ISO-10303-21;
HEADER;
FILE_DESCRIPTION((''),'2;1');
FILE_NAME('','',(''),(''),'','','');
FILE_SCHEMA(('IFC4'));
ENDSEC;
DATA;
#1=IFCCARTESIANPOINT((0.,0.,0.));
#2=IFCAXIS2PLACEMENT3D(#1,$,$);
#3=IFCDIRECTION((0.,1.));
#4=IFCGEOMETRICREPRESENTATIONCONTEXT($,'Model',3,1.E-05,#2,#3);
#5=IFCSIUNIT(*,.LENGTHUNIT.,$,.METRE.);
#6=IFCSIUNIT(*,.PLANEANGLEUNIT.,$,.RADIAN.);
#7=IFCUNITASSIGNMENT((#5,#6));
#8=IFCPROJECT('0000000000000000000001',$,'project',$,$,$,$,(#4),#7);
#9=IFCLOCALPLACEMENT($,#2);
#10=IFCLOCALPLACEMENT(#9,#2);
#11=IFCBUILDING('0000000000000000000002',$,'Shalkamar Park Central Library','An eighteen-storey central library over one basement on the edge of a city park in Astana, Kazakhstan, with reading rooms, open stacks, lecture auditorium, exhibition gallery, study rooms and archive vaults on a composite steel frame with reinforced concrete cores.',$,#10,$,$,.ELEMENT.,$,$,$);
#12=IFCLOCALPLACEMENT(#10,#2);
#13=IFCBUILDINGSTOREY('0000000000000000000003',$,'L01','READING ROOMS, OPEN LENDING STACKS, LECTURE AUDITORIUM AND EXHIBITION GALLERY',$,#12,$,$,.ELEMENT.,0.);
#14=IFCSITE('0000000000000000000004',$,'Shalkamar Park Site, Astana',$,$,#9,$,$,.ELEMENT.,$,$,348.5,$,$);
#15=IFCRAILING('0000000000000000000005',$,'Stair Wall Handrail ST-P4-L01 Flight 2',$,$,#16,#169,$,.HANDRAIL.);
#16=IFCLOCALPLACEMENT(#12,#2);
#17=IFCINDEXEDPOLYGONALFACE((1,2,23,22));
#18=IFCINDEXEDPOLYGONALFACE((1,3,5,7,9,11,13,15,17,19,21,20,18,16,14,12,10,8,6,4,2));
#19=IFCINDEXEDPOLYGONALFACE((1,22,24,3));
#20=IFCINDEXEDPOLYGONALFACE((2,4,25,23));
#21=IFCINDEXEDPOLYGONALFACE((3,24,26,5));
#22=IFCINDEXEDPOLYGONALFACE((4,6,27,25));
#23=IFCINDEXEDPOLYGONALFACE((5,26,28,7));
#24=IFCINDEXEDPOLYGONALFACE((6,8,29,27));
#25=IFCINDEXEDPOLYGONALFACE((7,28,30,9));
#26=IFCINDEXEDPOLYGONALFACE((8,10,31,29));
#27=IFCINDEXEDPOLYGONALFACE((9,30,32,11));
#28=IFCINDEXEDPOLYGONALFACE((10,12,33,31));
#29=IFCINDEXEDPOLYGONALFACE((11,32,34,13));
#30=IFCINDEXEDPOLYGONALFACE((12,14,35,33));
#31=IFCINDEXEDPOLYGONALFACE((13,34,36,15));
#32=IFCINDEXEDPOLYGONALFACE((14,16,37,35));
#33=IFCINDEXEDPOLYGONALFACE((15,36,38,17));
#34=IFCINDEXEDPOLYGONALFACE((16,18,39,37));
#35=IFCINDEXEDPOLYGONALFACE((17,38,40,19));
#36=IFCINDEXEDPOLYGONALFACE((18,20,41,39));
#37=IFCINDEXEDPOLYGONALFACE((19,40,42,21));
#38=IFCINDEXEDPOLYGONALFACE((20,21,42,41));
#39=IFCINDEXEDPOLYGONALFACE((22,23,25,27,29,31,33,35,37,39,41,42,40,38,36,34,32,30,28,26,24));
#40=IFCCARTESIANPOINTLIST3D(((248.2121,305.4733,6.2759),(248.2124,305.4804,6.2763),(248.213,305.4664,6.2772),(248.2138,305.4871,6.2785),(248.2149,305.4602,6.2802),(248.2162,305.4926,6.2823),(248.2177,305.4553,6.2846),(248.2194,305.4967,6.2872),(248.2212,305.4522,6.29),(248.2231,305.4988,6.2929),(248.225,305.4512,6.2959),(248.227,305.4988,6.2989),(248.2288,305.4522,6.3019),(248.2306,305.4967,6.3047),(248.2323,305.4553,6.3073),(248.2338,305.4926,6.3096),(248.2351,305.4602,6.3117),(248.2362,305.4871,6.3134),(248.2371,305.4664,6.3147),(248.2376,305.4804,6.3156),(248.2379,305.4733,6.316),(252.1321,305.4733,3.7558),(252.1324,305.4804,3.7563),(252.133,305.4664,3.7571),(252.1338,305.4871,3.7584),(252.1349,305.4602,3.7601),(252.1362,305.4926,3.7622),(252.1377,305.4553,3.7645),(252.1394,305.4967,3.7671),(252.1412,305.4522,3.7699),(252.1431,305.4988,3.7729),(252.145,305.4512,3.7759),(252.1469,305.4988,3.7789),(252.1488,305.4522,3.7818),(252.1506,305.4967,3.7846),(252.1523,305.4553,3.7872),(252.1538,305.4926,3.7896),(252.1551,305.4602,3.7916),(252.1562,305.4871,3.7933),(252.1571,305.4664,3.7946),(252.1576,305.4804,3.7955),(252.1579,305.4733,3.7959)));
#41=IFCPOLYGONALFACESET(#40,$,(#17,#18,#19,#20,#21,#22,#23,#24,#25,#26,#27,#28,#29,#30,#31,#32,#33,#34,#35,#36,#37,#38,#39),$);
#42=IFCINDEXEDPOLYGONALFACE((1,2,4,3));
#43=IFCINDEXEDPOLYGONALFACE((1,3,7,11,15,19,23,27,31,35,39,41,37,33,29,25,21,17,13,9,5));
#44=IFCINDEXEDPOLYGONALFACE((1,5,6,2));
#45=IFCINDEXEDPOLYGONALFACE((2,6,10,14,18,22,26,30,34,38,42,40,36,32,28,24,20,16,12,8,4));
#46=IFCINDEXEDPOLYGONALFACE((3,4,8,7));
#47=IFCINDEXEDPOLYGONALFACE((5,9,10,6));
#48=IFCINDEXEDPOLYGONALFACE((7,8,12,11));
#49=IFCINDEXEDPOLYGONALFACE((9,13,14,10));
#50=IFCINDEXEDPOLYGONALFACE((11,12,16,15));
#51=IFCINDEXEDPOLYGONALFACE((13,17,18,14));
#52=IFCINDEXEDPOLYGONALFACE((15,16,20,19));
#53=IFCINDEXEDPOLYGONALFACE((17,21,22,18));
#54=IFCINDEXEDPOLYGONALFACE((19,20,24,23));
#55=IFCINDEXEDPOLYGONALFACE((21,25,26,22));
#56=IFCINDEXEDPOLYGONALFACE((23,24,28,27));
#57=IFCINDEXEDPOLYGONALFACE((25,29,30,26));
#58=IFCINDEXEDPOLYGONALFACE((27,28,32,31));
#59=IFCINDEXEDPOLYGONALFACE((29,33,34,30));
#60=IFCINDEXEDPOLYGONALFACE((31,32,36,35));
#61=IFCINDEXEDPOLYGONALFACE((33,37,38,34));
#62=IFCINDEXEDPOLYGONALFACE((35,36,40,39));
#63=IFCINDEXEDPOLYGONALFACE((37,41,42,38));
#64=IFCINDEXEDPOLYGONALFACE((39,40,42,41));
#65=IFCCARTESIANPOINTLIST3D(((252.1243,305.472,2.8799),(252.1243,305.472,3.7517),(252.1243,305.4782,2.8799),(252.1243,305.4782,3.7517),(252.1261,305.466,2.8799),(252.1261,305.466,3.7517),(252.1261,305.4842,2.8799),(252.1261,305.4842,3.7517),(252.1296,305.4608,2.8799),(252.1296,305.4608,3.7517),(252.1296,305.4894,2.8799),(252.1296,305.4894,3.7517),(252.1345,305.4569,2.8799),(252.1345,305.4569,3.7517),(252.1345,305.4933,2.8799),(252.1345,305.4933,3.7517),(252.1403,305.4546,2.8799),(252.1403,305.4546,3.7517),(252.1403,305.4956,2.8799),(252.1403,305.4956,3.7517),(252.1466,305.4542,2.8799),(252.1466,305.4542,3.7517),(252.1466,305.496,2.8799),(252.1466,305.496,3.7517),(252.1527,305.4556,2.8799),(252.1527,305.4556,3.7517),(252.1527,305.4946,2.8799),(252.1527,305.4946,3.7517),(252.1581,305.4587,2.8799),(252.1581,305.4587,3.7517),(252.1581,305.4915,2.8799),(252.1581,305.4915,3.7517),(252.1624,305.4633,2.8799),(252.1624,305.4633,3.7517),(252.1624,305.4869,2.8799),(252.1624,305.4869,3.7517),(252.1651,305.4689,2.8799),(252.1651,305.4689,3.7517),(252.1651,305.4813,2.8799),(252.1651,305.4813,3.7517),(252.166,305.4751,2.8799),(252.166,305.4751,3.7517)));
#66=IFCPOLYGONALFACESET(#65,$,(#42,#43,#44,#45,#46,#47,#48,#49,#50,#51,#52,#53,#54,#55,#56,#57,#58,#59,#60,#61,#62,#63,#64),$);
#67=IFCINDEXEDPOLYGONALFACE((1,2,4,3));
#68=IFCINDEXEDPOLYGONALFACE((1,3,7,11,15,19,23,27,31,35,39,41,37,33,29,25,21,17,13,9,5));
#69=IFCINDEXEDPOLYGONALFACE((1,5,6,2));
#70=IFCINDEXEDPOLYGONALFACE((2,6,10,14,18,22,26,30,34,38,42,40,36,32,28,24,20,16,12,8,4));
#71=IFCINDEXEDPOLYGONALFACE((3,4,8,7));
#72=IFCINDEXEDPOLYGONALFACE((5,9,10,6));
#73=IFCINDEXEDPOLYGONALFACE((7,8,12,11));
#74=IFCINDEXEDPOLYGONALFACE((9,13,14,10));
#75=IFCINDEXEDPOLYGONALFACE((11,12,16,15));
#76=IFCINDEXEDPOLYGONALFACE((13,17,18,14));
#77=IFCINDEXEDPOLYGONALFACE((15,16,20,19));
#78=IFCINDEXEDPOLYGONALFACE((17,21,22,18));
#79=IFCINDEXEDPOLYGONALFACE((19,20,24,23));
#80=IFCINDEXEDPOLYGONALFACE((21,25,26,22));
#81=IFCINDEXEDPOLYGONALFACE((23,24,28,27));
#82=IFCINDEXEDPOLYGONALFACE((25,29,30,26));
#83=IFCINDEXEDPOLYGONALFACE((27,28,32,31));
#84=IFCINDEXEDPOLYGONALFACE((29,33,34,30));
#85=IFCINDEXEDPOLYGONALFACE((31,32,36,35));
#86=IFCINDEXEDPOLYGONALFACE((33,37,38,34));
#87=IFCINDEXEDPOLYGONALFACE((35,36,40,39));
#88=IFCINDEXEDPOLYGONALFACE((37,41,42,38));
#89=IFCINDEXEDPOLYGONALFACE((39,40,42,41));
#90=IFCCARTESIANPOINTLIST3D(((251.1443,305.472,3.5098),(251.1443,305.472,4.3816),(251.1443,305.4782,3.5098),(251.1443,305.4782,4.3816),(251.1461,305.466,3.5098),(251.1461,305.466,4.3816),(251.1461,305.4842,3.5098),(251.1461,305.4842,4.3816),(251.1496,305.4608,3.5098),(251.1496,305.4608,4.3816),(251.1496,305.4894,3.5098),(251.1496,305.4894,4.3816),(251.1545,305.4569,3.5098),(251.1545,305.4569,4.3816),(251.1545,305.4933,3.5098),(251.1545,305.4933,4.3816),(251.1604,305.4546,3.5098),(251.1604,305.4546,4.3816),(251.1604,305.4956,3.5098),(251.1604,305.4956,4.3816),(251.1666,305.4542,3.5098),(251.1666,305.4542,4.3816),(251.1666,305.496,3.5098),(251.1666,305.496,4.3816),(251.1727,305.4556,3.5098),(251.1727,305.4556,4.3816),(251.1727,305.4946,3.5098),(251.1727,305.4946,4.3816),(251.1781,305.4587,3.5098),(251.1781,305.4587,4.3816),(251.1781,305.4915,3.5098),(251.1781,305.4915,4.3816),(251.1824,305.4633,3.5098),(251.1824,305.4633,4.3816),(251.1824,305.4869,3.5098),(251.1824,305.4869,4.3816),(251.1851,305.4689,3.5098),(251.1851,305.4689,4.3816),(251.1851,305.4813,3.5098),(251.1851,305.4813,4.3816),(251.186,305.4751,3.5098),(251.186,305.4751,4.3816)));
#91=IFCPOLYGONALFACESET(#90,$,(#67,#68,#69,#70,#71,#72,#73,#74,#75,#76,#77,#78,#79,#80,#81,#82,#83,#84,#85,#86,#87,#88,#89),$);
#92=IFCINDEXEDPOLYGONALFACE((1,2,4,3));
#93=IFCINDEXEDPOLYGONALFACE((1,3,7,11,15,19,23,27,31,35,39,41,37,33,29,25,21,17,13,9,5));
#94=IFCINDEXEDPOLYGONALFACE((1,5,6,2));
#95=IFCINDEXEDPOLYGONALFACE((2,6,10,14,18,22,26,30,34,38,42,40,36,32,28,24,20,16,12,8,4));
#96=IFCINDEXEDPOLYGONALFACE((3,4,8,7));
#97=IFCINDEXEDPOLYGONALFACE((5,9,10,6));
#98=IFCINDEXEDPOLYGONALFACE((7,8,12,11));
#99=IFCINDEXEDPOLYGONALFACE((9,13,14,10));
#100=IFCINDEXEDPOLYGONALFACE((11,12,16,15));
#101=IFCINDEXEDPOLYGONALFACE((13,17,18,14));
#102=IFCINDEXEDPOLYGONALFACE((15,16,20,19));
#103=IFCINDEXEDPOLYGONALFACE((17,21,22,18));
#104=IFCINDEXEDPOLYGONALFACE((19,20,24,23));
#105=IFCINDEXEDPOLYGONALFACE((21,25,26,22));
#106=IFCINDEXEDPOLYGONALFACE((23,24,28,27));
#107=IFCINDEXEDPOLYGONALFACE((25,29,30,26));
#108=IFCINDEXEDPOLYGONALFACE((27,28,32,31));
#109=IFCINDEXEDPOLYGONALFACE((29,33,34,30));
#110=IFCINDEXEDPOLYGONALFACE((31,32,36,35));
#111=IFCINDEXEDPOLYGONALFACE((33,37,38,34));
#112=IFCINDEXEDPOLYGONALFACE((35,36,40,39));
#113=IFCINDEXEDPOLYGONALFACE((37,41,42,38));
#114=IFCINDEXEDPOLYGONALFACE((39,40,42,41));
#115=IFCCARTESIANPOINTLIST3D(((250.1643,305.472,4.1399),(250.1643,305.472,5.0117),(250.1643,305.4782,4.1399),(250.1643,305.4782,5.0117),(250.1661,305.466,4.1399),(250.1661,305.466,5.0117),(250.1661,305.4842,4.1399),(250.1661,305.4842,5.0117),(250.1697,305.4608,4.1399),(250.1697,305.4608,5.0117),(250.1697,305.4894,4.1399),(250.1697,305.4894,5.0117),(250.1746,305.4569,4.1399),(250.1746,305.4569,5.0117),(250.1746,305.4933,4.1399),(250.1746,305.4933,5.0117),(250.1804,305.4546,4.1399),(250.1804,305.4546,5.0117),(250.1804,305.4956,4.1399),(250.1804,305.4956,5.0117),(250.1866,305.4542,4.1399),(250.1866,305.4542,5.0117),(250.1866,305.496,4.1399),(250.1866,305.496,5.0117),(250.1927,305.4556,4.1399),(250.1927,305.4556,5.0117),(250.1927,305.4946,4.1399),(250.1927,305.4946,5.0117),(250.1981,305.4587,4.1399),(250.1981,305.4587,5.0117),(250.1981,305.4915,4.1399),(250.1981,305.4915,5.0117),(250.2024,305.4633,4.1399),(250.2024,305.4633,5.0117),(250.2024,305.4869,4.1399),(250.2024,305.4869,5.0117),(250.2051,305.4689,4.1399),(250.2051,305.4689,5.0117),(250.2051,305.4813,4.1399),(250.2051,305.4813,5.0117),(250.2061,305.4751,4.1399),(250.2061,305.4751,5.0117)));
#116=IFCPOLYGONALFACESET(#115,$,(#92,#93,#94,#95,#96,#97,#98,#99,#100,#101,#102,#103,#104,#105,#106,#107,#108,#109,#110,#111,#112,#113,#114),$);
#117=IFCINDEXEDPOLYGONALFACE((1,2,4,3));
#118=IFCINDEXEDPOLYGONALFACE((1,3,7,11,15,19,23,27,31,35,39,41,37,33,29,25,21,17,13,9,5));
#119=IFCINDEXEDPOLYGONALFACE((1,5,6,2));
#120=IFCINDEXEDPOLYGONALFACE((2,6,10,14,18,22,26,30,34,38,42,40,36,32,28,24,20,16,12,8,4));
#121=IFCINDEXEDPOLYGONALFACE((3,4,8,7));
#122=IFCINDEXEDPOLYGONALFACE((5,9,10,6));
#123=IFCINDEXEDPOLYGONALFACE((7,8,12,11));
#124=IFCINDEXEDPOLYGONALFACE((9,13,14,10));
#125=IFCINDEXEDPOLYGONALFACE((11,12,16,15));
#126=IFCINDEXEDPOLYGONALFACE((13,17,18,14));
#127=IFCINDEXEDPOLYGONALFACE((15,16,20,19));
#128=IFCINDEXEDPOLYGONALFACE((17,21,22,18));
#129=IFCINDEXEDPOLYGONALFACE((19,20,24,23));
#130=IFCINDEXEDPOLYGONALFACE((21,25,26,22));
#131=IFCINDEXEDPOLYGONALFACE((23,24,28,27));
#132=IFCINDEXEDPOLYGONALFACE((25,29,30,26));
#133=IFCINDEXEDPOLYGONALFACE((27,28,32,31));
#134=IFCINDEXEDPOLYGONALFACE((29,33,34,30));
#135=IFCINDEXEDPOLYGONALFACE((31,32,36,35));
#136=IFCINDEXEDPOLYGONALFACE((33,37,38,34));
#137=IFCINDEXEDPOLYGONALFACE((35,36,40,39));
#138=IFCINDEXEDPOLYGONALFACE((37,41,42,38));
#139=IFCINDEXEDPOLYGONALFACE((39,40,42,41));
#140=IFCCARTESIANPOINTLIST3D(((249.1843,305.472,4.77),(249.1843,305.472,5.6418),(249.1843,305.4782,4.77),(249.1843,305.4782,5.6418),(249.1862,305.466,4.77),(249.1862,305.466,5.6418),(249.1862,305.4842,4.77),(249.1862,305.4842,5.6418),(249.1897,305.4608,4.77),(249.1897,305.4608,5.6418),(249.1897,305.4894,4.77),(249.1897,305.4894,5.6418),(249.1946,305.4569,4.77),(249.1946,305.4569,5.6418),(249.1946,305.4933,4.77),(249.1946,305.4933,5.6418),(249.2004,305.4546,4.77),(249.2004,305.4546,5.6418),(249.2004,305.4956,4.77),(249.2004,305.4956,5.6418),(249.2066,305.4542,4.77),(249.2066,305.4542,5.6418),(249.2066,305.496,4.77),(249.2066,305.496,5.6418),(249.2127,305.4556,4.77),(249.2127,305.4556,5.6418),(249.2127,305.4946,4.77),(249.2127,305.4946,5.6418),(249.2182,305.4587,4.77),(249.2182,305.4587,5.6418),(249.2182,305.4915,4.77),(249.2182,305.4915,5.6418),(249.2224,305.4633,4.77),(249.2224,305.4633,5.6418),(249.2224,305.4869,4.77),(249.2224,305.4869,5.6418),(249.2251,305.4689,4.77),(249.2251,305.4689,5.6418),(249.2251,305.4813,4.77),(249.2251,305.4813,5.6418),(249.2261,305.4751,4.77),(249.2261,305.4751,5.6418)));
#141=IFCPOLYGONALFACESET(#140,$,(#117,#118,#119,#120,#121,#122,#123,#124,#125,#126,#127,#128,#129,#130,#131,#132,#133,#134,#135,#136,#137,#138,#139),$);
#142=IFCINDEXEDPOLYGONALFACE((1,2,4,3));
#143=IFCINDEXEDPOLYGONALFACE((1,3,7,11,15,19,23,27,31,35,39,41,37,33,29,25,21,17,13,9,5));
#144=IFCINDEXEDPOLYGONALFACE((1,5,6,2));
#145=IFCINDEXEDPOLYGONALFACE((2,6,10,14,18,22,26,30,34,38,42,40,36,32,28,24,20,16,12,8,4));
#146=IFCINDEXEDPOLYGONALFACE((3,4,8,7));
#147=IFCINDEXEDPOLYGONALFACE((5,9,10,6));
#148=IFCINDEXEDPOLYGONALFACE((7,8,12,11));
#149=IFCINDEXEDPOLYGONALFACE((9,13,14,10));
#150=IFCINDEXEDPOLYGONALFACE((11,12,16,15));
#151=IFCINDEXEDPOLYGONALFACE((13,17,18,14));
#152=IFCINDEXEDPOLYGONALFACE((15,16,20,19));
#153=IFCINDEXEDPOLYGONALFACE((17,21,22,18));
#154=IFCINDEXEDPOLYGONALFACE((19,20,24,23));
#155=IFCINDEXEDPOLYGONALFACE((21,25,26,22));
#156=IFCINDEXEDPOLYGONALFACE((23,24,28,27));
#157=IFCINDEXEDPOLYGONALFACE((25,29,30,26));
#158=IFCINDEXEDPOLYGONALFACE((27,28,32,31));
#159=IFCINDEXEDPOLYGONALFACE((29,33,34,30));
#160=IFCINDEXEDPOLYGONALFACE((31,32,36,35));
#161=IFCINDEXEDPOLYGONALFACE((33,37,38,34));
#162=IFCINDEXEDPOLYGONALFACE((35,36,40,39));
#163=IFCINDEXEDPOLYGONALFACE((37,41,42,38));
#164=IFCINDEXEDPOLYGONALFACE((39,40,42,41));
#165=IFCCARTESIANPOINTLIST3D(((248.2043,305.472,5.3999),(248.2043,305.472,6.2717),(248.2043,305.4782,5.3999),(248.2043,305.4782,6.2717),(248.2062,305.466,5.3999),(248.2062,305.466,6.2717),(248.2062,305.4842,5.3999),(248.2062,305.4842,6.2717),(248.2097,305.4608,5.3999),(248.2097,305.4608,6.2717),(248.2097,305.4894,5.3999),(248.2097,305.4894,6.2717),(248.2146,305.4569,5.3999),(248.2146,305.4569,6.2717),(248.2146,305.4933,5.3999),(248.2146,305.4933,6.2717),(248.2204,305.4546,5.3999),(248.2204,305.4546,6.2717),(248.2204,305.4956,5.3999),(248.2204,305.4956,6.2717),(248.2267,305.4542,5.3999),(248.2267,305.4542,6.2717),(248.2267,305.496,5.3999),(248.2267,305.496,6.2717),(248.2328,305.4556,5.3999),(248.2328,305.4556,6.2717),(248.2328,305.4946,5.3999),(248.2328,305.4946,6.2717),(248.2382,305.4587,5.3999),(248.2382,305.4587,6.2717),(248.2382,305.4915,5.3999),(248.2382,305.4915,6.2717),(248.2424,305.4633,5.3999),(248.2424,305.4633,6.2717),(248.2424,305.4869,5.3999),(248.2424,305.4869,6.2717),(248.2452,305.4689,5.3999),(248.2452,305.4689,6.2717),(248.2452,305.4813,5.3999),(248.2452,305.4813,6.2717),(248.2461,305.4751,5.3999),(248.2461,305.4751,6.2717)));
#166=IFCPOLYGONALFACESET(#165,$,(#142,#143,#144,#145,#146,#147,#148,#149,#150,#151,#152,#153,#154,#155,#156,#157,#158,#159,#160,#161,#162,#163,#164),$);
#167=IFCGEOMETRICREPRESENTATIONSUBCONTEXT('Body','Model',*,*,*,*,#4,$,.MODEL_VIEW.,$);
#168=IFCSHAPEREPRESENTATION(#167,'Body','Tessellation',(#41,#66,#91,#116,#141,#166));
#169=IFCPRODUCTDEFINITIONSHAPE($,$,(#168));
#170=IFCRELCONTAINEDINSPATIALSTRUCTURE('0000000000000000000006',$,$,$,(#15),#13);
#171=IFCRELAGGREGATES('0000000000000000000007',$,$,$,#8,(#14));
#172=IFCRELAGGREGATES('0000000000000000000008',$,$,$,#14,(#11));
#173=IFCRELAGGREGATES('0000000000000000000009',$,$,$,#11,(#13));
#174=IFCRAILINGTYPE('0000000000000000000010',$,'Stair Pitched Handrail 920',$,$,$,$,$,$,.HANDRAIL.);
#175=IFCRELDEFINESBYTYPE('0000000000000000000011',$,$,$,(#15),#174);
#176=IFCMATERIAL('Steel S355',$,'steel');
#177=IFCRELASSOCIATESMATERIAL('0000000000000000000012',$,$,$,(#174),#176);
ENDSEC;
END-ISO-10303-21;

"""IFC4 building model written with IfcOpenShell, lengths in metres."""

from ifc_helpers import new_model, si_unit, direction, frame, origin, origin_2d, place, context, subcontext, project, spatial, circle, extrude, material, type_object, element, save


model = new_model("IFC4")

# Units and contexts
model_context = context("Model", 3, precision=1e-05, world=origin(), true_north=direction((0.0, 1.0)))
body_context = subcontext(model_context, "Body", "Model", "MODEL_VIEW")
ifc_project = project(units=[si_unit("LENGTHUNIT", "METRE"), si_unit("PLANEANGLEUNIT", "RADIAN")], contexts=[model_context])

# Site, building, storey
site_placement = place(None, origin())
site = spatial("IfcSite", under=ifc_project, at=site_placement, Name="Shalkamar Park Site, Astana", CompositionType="ELEMENT", RefElevation=348.5)
building_placement = place(site_placement, origin())
building = spatial("IfcBuilding", under=site, at=building_placement, Name="Shalkamar Park Central Library", Description="An eighteen-storey central library over one basement on the edge of a city park in Astana, Kazakhstan, with reading rooms, open stacks, lecture auditorium, exhibition gallery, study rooms and archive vaults on a composite steel frame with reinforced concrete cores.", CompositionType="ELEMENT")
storey_placement = place(building_placement, origin())
storey = spatial("IfcBuildingStorey", under=building, at=storey_placement, Name="L01", Description="READING ROOMS, OPEN LENDING STACKS, LECTURE AUDITORIUM AND EXHIBITION GALLERY", CompositionType="ELEMENT", Elevation=0.0)

# Shared definitions
ifc_material_1 = material(Name="Steel S355", Category="steel")

# Railing
railing_type_1 = type_object("IfcRailingType", Name="Stair Pitched Handrail 920", PredefinedType="HANDRAIL", material=ifc_material_1)
railing_1_placement = place(storey_placement, frame((252.145, 305.4751, 2.8799)))
element("IfcRailing", 1, at=railing_1_placement, inside=storey, type_object=railing_type_1, Name="Stair Wall Handrail ST-P4-L01 Flight 2", PredefinedType="HANDRAIL", context=body_context, shape_type="SweptSolid", body=[
    extrude(circle(Radius=0.0239, at=origin_2d()), frame((0.0, 0.0, 0.896), z_axis=(-0.841172, 0.0, 0.540768), x_axis=(0.0, -1.0, 0.0)), (0.0, 0.0, 1.0), 4.6602),
    extrude(circle(Radius=0.021, at=origin_2d()), origin(), (0.0, 0.0, 1.0), 0.8718),
    extrude(circle(Radius=0.021, at=origin_2d()), frame((-0.98, 0.0, 0.6299)), (0.0, 0.0, 1.0), 0.8718),
    extrude(circle(Radius=0.021, at=origin_2d()), frame((-1.96, 0.0, 1.26)), (0.0, 0.0, 1.0), 0.8718),
    extrude(circle(Radius=0.021, at=origin_2d()), frame((-2.9399, 0.0, 1.8901)), (0.0, 0.0, 1.0), 0.8718),
    extrude(circle(Radius=0.021, at=origin_2d()), frame((-3.9199, 0.0, 2.52)), (0.0, 0.0, 1.0), 0.8718),
])

save(model, "model.ifc")
